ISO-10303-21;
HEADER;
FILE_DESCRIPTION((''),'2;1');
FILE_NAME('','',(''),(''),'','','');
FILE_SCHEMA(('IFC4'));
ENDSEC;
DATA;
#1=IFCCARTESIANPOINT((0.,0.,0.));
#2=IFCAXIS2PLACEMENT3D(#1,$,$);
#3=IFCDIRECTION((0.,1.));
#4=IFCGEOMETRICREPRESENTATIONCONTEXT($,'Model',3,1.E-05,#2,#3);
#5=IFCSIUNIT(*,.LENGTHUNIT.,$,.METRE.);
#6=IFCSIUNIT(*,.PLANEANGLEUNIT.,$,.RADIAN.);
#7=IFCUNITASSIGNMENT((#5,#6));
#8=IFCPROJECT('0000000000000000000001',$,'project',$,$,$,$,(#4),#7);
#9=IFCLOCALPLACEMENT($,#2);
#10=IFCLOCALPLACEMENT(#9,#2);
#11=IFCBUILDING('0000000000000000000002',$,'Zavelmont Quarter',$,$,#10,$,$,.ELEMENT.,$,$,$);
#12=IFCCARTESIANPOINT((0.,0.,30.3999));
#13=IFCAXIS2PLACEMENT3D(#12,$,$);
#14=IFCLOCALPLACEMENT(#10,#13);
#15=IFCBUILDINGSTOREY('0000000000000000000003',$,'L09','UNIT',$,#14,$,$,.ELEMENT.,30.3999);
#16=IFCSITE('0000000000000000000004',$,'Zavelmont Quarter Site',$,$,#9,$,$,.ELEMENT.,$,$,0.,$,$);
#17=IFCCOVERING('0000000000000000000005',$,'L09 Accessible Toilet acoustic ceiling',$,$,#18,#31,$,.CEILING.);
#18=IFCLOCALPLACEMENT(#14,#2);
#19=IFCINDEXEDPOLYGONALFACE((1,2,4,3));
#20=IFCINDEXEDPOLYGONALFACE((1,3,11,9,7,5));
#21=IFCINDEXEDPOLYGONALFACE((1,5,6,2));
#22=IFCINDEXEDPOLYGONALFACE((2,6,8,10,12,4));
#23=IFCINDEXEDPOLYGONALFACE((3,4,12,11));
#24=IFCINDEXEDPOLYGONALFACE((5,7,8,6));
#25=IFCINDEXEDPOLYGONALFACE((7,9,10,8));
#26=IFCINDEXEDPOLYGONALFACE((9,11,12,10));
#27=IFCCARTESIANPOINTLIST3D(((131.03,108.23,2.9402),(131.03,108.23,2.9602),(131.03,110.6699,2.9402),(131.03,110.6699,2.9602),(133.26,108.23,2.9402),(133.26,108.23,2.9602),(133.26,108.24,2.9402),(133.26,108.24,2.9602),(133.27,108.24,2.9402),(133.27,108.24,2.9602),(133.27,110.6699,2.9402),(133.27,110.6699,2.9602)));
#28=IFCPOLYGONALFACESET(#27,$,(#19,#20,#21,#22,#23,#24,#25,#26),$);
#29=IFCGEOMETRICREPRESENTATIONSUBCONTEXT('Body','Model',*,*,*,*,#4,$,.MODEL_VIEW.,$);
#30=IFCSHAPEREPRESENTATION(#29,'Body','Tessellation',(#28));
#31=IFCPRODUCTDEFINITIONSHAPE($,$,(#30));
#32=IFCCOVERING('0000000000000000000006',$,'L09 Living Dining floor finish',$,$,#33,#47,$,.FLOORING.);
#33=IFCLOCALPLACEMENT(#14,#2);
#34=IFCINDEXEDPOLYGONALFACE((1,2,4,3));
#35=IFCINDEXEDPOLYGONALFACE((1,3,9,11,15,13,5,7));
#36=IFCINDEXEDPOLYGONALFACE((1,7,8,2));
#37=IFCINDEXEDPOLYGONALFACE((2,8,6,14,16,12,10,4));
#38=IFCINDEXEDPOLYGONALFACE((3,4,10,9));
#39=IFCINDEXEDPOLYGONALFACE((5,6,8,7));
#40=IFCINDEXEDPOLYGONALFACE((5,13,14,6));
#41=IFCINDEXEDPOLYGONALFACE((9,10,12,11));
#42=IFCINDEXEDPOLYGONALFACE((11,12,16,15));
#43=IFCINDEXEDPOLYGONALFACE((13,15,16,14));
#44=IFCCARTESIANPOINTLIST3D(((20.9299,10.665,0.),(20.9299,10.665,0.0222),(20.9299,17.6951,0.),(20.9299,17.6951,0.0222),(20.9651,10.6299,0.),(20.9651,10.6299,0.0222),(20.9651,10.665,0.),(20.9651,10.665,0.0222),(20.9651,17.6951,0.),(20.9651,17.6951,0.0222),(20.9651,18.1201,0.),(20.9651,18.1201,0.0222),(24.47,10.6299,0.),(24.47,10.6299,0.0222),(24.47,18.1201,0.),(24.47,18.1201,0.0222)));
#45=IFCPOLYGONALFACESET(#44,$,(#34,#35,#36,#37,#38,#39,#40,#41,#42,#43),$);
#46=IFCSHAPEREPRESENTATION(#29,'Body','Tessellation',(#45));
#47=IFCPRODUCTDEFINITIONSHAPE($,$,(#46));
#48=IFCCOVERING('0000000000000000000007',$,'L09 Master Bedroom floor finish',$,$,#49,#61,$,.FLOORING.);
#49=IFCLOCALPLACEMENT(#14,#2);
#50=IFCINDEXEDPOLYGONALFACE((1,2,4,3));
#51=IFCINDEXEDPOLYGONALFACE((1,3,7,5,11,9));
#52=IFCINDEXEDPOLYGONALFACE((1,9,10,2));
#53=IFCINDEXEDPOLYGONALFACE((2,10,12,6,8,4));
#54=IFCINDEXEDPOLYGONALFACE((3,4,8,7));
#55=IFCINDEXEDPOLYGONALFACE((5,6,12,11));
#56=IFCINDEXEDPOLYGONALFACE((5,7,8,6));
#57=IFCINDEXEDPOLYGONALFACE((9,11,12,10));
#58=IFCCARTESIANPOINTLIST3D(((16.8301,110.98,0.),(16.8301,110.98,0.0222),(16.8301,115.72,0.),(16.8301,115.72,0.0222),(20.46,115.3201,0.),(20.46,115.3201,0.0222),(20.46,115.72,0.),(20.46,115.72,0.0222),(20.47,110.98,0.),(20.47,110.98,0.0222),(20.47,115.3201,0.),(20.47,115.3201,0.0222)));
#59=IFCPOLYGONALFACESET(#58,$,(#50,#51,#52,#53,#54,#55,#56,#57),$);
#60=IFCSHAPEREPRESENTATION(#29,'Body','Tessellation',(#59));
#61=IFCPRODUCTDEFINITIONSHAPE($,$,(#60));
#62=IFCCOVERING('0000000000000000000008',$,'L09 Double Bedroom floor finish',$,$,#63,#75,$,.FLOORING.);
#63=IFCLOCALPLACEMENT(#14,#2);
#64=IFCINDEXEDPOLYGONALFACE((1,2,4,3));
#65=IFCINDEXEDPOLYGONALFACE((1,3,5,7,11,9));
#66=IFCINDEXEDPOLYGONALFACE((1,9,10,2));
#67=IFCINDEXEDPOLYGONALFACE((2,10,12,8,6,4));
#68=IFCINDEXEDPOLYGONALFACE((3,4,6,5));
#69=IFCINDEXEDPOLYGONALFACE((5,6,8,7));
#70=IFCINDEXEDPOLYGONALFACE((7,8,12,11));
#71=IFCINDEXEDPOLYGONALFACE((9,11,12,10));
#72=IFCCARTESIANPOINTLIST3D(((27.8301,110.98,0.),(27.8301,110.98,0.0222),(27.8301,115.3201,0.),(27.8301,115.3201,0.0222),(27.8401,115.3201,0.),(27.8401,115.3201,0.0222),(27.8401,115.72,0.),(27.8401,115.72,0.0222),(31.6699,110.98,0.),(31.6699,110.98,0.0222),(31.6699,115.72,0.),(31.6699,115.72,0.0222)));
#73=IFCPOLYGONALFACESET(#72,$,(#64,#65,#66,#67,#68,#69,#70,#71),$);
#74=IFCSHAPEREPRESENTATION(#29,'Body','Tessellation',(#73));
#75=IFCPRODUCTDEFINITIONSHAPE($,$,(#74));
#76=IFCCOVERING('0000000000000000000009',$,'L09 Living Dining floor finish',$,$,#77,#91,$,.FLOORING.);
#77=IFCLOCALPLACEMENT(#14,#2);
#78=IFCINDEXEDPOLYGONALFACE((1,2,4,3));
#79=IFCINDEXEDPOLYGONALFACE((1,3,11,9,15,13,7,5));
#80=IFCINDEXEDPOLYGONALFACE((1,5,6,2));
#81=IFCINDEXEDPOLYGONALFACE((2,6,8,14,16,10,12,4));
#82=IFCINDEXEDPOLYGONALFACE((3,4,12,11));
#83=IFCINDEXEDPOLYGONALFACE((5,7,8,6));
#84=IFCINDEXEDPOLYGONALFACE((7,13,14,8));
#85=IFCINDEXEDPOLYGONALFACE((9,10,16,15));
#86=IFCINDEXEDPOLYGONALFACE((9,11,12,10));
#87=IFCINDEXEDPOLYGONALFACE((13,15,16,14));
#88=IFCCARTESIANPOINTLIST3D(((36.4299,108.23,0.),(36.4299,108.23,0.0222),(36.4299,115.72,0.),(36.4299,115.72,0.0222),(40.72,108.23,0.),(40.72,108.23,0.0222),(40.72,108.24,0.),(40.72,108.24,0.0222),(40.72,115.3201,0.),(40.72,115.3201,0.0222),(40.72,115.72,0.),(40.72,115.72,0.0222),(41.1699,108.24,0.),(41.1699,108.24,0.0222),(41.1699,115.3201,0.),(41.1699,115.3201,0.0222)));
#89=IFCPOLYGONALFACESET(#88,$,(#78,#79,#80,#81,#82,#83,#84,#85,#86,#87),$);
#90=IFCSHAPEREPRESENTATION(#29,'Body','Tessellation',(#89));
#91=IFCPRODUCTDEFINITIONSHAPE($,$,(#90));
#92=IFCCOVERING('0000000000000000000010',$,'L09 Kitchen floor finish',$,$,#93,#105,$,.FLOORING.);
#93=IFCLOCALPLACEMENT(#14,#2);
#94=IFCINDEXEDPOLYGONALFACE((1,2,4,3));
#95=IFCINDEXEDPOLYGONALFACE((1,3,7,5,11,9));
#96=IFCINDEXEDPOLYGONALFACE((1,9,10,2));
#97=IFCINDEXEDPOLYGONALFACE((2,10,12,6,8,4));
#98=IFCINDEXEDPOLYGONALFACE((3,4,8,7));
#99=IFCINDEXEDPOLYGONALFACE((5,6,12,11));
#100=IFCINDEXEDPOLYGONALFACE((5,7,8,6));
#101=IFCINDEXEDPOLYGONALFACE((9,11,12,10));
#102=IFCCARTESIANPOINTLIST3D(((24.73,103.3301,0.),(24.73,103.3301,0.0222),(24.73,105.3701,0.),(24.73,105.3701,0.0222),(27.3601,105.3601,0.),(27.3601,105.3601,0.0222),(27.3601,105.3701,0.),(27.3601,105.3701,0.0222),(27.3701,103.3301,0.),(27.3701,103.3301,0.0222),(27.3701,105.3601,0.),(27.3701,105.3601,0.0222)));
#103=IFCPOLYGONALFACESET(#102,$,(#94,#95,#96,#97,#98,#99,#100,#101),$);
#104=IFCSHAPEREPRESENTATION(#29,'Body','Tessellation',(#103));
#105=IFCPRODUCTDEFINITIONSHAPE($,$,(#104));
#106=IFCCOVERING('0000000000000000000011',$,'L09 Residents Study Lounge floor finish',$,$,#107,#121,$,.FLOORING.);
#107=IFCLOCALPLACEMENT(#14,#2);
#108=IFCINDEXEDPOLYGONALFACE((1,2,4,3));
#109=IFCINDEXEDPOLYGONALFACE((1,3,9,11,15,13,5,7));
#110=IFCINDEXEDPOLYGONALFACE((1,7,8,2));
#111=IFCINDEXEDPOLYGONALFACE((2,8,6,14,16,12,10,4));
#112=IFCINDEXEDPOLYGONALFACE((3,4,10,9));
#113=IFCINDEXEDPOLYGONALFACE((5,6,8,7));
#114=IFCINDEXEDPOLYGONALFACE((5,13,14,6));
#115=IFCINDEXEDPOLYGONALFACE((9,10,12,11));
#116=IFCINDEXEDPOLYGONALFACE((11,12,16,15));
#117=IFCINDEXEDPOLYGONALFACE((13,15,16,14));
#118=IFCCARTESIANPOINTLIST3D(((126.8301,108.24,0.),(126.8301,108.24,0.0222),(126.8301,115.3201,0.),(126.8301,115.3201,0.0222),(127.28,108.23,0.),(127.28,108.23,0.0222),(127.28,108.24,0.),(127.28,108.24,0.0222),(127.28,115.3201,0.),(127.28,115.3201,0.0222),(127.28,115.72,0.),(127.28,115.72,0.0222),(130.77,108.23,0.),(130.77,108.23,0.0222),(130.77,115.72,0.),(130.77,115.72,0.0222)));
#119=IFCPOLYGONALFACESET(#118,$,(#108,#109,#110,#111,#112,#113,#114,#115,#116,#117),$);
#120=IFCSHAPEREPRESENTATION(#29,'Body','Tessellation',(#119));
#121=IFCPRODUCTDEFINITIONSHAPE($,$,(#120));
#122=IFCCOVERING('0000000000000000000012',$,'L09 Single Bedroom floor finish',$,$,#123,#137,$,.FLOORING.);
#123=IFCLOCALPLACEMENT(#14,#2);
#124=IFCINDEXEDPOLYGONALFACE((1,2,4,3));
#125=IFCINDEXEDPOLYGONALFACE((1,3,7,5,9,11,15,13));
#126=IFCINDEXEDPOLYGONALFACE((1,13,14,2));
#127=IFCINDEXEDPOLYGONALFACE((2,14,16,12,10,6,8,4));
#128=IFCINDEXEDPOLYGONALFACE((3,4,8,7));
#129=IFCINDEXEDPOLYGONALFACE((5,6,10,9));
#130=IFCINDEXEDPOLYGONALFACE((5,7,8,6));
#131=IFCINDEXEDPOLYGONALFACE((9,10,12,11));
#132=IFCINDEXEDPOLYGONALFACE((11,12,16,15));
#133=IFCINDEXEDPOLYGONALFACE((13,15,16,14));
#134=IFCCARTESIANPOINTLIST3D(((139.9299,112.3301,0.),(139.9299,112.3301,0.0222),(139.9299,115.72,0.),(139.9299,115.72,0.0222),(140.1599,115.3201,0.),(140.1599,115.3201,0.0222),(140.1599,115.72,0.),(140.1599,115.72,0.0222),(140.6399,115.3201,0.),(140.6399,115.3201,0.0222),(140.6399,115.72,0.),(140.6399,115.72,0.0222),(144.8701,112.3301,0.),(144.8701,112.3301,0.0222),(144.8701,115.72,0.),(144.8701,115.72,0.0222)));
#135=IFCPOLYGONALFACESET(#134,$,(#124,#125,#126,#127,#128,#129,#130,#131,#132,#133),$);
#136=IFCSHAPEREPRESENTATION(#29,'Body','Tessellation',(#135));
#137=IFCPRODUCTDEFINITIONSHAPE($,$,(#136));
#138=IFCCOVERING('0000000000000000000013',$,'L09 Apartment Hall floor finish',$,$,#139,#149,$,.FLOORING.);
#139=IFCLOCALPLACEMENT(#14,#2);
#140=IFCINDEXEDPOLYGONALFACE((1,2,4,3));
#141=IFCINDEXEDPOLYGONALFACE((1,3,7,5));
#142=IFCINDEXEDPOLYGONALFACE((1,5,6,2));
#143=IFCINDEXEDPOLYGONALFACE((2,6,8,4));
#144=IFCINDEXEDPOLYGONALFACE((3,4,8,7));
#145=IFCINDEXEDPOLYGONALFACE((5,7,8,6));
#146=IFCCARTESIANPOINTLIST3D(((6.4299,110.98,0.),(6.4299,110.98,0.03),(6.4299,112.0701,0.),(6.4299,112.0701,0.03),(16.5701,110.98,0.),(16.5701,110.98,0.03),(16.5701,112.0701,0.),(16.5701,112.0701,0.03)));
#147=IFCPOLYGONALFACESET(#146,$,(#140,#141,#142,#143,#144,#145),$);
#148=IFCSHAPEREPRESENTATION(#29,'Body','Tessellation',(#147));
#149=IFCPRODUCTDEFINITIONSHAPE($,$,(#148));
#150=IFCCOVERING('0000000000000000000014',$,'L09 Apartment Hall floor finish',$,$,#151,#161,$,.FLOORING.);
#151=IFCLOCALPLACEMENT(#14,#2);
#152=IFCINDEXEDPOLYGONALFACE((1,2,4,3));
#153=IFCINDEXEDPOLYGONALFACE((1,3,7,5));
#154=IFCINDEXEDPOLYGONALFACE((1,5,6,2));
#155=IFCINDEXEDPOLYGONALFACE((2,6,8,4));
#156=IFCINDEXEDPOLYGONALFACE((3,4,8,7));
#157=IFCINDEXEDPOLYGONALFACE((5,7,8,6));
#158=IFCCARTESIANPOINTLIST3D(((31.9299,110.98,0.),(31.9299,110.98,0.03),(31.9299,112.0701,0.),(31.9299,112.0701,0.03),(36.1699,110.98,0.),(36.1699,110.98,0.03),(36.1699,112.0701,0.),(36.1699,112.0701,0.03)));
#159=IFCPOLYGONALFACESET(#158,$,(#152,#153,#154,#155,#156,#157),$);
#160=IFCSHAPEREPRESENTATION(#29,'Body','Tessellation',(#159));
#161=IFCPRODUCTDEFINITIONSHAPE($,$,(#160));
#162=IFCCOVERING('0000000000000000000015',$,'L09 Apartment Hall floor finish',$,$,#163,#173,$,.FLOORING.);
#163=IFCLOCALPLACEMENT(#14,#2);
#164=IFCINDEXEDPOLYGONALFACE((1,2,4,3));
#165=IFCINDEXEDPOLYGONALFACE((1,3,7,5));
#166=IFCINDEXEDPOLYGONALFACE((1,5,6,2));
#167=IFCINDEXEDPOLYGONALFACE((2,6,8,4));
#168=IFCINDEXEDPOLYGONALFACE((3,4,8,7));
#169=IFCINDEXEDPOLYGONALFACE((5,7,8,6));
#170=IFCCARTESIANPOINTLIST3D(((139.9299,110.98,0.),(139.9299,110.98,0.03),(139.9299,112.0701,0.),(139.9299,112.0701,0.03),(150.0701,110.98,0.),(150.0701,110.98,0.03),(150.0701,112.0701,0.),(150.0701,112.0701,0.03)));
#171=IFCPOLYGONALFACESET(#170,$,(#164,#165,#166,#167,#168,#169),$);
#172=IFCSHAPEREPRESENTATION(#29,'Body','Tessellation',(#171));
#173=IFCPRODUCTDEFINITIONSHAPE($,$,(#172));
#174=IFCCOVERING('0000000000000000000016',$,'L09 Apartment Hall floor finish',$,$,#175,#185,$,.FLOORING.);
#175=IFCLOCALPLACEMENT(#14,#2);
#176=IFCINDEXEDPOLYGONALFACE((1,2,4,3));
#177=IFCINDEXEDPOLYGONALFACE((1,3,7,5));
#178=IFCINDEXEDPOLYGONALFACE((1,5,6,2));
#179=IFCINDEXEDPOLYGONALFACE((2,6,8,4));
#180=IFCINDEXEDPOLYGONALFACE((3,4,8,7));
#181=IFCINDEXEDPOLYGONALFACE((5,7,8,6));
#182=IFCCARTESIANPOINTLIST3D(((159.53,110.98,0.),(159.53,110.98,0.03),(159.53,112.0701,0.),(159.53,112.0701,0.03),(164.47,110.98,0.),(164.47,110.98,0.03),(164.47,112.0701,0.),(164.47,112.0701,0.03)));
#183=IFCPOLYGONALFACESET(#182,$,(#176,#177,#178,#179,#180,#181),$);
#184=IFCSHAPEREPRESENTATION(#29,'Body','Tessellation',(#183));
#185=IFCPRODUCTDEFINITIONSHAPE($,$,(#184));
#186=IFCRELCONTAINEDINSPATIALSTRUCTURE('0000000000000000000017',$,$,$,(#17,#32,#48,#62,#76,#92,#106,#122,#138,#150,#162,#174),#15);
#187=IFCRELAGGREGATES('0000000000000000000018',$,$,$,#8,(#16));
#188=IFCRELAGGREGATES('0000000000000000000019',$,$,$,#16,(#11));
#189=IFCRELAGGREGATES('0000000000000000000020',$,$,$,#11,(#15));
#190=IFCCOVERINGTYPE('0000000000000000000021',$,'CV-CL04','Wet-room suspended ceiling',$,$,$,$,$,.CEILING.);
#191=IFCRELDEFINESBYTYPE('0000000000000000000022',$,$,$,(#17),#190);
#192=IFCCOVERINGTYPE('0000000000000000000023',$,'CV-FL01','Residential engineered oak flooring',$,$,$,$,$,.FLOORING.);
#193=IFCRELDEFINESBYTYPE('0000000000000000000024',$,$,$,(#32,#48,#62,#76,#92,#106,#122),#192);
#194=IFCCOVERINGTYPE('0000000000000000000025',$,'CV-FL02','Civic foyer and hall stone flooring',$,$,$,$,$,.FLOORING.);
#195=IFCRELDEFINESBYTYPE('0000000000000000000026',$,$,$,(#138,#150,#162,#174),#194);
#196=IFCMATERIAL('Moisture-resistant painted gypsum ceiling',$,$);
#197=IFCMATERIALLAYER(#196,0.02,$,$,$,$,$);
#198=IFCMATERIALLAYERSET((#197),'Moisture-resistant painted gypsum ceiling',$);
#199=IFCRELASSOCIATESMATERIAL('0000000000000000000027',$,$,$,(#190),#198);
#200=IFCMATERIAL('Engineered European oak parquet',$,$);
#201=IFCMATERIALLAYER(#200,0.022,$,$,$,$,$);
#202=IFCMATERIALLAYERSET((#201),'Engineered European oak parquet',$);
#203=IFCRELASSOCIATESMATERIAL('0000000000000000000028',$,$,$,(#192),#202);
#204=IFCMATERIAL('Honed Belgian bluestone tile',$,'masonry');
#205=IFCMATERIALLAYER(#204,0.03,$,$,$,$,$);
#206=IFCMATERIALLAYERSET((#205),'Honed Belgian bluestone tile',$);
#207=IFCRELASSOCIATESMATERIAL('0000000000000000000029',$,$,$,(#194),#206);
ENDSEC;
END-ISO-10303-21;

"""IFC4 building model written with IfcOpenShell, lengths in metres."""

from ifc_helpers import new_model, si_unit, direction, frame, origin, place, context, subcontext, project, spatial, polyline, outline, extrude, material, layer, layer_set, type_object, element, save


model = new_model("IFC4")

# Units and contexts
model_context = context("Model", 3, precision=1e-05, world=origin(), true_north=direction((0.0, 1.0)))
body_context = subcontext(model_context, "Body", "Model", "MODEL_VIEW")
ifc_project = project(units=[si_unit("LENGTHUNIT", "METRE"), si_unit("PLANEANGLEUNIT", "RADIAN")], contexts=[model_context])

# Site, building, storey
site_placement = place(None, origin())
site = spatial("IfcSite", under=ifc_project, at=site_placement, Name="Zavelmont Quarter Site", CompositionType="ELEMENT", RefElevation=0.0)
building_placement = place(site_placement, origin())
building = spatial("IfcBuilding", under=site, at=building_placement, Name="Zavelmont Quarter", CompositionType="ELEMENT")
storey_placement = place(building_placement, frame((0.0, 0.0, 30.3999)))
storey = spatial("IfcBuildingStorey", under=building, at=storey_placement, Name="L09", Description="UNIT", CompositionType="ELEMENT", Elevation=30.3999)

# Coverings
ifc_material_1 = material(Name="Moisture-resistant painted gypsum ceiling")
ifc_layer_1 = layer(ifc_material_1, 0.02)
ifc_layer_set_1 = layer_set([ifc_layer_1], Name="Moisture-resistant painted gypsum ceiling")
covering_type_1 = type_object("IfcCoveringType", Name="CV-CL04", Description="Wet-room suspended ceiling", PredefinedType="CEILING", material=ifc_layer_set_1)
covering_1_placement = place(storey_placement, frame((0.0, 0.0, 2.9402)))
element("IfcCovering", 1, at=covering_1_placement, inside=storey, type_object=covering_type_1, Name="L09 Accessible Toilet acoustic ceiling", PredefinedType="CEILING", context=body_context, shape_type="SweptSolid", body=[
    extrude(outline(polyline([(131.03, 110.6699), (133.27, 110.6699), (133.27, 108.24), (133.26, 108.24), (133.26, 108.23), (131.03, 108.23), (131.03, 110.6699)])), origin(), (0.0, 0.0, 1.0), 0.02),
])
ifc_material_2 = material(Name="Engineered European oak parquet")
ifc_layer_2 = layer(ifc_material_2, 0.022)
ifc_layer_set_2 = layer_set([ifc_layer_2], Name="Engineered European oak parquet")
covering_type_2 = type_object("IfcCoveringType", Name="CV-FL01", Description="Residential engineered oak flooring", PredefinedType="FLOORING", material=ifc_layer_set_2)
covering_2_placement = place(storey_placement, origin())
element("IfcCovering", 2, at=covering_2_placement, inside=storey, type_object=covering_type_2, Name="L09 Living Dining floor finish", PredefinedType="FLOORING", context=body_context, shape_type="SweptSolid", body=[
    extrude(outline(polyline([(20.9299, 17.6951), (20.9651, 17.6951), (20.9651, 18.1201), (24.47, 18.1201), (24.47, 10.6299), (20.9651, 10.6299), (20.9651, 10.665), (20.9299, 10.665), (20.9299, 17.6951)])), origin(), (0.0, 0.0, 1.0), 0.0222),
])
covering_3_placement = place(storey_placement, origin())
element("IfcCovering", 3, at=covering_3_placement, inside=storey, type_object=covering_type_2, Name="L09 Master Bedroom floor finish", PredefinedType="FLOORING", context=body_context, shape_type="SweptSolid", body=[
    extrude(outline(polyline([(16.8301, 115.72), (20.46, 115.72), (20.46, 115.3201), (20.47, 115.3201), (20.47, 110.98), (16.8301, 110.98), (16.8301, 115.72)])), origin(), (0.0, 0.0, 1.0), 0.0222),
])
covering_4_placement = place(storey_placement, origin())
element("IfcCovering", 4, at=covering_4_placement, inside=storey, type_object=covering_type_2, Name="L09 Double Bedroom floor finish", PredefinedType="FLOORING", context=body_context, shape_type="SweptSolid", body=[
    extrude(outline(polyline([(27.8301, 115.3201), (27.8401, 115.3201), (27.8401, 115.72), (31.6699, 115.72), (31.6699, 110.98), (27.8301, 110.98), (27.8301, 115.3201)])), origin(), (0.0, 0.0, 1.0), 0.0222),
])
covering_5_placement = place(storey_placement, origin())
element("IfcCovering", 5, at=covering_5_placement, inside=storey, type_object=covering_type_2, Name="L09 Living Dining floor finish", PredefinedType="FLOORING", context=body_context, shape_type="SweptSolid", body=[
    extrude(outline(polyline([(36.4299, 115.72), (40.72, 115.72), (40.72, 115.3201), (41.1699, 115.3201), (41.1699, 108.24), (40.72, 108.24), (40.72, 108.23), (36.4299, 108.23), (36.4299, 115.72)])), origin(), (0.0, 0.0, 1.0), 0.0222),
])
covering_6_placement = place(storey_placement, origin())
element("IfcCovering", 6, at=covering_6_placement, inside=storey, type_object=covering_type_2, Name="L09 Kitchen floor finish", PredefinedType="FLOORING", context=body_context, shape_type="SweptSolid", body=[
    extrude(outline(polyline([(24.73, 105.3701), (27.3601, 105.3701), (27.3601, 105.3601), (27.3701, 105.3601), (27.3701, 103.3301), (24.73, 103.3301), (24.73, 105.3701)])), origin(), (0.0, 0.0, 1.0), 0.0222),
])
covering_7_placement = place(storey_placement, origin())
element("IfcCovering", 7, at=covering_7_placement, inside=storey, type_object=covering_type_2, Name="L09 Residents Study Lounge floor finish", PredefinedType="FLOORING", context=body_context, shape_type="SweptSolid", body=[
    extrude(outline(polyline([(126.8301, 115.3201), (127.28, 115.3201), (127.28, 115.72), (130.77, 115.72), (130.77, 108.23), (127.28, 108.23), (127.28, 108.24), (126.8301, 108.24), (126.8301, 115.3201)])), origin(), (0.0, 0.0, 1.0), 0.0222),
])
covering_8_placement = place(storey_placement, origin())
element("IfcCovering", 8, at=covering_8_placement, inside=storey, type_object=covering_type_2, Name="L09 Single Bedroom floor finish", PredefinedType="FLOORING", context=body_context, shape_type="SweptSolid", body=[
    extrude(outline(polyline([(139.9299, 115.72), (140.1599, 115.72), (140.1599, 115.3201), (140.6399, 115.3201), (140.6399, 115.72), (144.8701, 115.72), (144.8701, 112.3301), (139.9299, 112.3301), (139.9299, 115.72)])), origin(), (0.0, 0.0, 1.0), 0.0222),
])
ifc_material_3 = material(Name="Honed Belgian bluestone tile", Category="masonry")
ifc_layer_3 = layer(ifc_material_3, 0.03)
ifc_layer_set_3 = layer_set([ifc_layer_3], Name="Honed Belgian bluestone tile")
covering_type_3 = type_object("IfcCoveringType", Name="CV-FL02", Description="Civic foyer and hall stone flooring", PredefinedType="FLOORING", material=ifc_layer_set_3)
covering_9_placement = place(storey_placement, origin())
element("IfcCovering", 9, at=covering_9_placement, inside=storey, type_object=covering_type_3, Name="L09 Apartment Hall floor finish", PredefinedType="FLOORING", context=body_context, shape_type="SweptSolid", body=[
    extrude(outline(polyline([(6.4299, 112.0701), (16.5701, 112.0701), (16.5701, 110.98), (6.4299, 110.98), (6.4299, 112.0701)])), origin(), (0.0, 0.0, 1.0), 0.03),
])
covering_10_placement = place(storey_placement, origin())
element("IfcCovering", 10, at=covering_10_placement, inside=storey, type_object=covering_type_3, Name="L09 Apartment Hall floor finish", PredefinedType="FLOORING", context=body_context, shape_type="SweptSolid", body=[
    extrude(outline(polyline([(31.9299, 112.0701), (36.1699, 112.0701), (36.1699, 110.98), (31.9299, 110.98), (31.9299, 112.0701)])), origin(), (0.0, 0.0, 1.0), 0.03),
])
covering_11_placement = place(storey_placement, origin())
element("IfcCovering", 11, at=covering_11_placement, inside=storey, type_object=covering_type_3, Name="L09 Apartment Hall floor finish", PredefinedType="FLOORING", context=body_context, shape_type="SweptSolid", body=[
    extrude(outline(polyline([(139.9299, 112.0701), (150.0701, 112.0701), (150.0701, 110.98), (139.9299, 110.98), (139.9299, 112.0701)])), origin(), (0.0, 0.0, 1.0), 0.03),
])
covering_12_placement = place(storey_placement, origin())
element("IfcCovering", 12, at=covering_12_placement, inside=storey, type_object=covering_type_3, Name="L09 Apartment Hall floor finish", PredefinedType="FLOORING", context=body_context, shape_type="SweptSolid", body=[
    extrude(outline(polyline([(159.53, 112.0701), (164.47, 112.0701), (164.47, 110.98), (159.53, 110.98), (159.53, 112.0701)])), origin(), (0.0, 0.0, 1.0), 0.03),
])

save(model, "model.ifc")
